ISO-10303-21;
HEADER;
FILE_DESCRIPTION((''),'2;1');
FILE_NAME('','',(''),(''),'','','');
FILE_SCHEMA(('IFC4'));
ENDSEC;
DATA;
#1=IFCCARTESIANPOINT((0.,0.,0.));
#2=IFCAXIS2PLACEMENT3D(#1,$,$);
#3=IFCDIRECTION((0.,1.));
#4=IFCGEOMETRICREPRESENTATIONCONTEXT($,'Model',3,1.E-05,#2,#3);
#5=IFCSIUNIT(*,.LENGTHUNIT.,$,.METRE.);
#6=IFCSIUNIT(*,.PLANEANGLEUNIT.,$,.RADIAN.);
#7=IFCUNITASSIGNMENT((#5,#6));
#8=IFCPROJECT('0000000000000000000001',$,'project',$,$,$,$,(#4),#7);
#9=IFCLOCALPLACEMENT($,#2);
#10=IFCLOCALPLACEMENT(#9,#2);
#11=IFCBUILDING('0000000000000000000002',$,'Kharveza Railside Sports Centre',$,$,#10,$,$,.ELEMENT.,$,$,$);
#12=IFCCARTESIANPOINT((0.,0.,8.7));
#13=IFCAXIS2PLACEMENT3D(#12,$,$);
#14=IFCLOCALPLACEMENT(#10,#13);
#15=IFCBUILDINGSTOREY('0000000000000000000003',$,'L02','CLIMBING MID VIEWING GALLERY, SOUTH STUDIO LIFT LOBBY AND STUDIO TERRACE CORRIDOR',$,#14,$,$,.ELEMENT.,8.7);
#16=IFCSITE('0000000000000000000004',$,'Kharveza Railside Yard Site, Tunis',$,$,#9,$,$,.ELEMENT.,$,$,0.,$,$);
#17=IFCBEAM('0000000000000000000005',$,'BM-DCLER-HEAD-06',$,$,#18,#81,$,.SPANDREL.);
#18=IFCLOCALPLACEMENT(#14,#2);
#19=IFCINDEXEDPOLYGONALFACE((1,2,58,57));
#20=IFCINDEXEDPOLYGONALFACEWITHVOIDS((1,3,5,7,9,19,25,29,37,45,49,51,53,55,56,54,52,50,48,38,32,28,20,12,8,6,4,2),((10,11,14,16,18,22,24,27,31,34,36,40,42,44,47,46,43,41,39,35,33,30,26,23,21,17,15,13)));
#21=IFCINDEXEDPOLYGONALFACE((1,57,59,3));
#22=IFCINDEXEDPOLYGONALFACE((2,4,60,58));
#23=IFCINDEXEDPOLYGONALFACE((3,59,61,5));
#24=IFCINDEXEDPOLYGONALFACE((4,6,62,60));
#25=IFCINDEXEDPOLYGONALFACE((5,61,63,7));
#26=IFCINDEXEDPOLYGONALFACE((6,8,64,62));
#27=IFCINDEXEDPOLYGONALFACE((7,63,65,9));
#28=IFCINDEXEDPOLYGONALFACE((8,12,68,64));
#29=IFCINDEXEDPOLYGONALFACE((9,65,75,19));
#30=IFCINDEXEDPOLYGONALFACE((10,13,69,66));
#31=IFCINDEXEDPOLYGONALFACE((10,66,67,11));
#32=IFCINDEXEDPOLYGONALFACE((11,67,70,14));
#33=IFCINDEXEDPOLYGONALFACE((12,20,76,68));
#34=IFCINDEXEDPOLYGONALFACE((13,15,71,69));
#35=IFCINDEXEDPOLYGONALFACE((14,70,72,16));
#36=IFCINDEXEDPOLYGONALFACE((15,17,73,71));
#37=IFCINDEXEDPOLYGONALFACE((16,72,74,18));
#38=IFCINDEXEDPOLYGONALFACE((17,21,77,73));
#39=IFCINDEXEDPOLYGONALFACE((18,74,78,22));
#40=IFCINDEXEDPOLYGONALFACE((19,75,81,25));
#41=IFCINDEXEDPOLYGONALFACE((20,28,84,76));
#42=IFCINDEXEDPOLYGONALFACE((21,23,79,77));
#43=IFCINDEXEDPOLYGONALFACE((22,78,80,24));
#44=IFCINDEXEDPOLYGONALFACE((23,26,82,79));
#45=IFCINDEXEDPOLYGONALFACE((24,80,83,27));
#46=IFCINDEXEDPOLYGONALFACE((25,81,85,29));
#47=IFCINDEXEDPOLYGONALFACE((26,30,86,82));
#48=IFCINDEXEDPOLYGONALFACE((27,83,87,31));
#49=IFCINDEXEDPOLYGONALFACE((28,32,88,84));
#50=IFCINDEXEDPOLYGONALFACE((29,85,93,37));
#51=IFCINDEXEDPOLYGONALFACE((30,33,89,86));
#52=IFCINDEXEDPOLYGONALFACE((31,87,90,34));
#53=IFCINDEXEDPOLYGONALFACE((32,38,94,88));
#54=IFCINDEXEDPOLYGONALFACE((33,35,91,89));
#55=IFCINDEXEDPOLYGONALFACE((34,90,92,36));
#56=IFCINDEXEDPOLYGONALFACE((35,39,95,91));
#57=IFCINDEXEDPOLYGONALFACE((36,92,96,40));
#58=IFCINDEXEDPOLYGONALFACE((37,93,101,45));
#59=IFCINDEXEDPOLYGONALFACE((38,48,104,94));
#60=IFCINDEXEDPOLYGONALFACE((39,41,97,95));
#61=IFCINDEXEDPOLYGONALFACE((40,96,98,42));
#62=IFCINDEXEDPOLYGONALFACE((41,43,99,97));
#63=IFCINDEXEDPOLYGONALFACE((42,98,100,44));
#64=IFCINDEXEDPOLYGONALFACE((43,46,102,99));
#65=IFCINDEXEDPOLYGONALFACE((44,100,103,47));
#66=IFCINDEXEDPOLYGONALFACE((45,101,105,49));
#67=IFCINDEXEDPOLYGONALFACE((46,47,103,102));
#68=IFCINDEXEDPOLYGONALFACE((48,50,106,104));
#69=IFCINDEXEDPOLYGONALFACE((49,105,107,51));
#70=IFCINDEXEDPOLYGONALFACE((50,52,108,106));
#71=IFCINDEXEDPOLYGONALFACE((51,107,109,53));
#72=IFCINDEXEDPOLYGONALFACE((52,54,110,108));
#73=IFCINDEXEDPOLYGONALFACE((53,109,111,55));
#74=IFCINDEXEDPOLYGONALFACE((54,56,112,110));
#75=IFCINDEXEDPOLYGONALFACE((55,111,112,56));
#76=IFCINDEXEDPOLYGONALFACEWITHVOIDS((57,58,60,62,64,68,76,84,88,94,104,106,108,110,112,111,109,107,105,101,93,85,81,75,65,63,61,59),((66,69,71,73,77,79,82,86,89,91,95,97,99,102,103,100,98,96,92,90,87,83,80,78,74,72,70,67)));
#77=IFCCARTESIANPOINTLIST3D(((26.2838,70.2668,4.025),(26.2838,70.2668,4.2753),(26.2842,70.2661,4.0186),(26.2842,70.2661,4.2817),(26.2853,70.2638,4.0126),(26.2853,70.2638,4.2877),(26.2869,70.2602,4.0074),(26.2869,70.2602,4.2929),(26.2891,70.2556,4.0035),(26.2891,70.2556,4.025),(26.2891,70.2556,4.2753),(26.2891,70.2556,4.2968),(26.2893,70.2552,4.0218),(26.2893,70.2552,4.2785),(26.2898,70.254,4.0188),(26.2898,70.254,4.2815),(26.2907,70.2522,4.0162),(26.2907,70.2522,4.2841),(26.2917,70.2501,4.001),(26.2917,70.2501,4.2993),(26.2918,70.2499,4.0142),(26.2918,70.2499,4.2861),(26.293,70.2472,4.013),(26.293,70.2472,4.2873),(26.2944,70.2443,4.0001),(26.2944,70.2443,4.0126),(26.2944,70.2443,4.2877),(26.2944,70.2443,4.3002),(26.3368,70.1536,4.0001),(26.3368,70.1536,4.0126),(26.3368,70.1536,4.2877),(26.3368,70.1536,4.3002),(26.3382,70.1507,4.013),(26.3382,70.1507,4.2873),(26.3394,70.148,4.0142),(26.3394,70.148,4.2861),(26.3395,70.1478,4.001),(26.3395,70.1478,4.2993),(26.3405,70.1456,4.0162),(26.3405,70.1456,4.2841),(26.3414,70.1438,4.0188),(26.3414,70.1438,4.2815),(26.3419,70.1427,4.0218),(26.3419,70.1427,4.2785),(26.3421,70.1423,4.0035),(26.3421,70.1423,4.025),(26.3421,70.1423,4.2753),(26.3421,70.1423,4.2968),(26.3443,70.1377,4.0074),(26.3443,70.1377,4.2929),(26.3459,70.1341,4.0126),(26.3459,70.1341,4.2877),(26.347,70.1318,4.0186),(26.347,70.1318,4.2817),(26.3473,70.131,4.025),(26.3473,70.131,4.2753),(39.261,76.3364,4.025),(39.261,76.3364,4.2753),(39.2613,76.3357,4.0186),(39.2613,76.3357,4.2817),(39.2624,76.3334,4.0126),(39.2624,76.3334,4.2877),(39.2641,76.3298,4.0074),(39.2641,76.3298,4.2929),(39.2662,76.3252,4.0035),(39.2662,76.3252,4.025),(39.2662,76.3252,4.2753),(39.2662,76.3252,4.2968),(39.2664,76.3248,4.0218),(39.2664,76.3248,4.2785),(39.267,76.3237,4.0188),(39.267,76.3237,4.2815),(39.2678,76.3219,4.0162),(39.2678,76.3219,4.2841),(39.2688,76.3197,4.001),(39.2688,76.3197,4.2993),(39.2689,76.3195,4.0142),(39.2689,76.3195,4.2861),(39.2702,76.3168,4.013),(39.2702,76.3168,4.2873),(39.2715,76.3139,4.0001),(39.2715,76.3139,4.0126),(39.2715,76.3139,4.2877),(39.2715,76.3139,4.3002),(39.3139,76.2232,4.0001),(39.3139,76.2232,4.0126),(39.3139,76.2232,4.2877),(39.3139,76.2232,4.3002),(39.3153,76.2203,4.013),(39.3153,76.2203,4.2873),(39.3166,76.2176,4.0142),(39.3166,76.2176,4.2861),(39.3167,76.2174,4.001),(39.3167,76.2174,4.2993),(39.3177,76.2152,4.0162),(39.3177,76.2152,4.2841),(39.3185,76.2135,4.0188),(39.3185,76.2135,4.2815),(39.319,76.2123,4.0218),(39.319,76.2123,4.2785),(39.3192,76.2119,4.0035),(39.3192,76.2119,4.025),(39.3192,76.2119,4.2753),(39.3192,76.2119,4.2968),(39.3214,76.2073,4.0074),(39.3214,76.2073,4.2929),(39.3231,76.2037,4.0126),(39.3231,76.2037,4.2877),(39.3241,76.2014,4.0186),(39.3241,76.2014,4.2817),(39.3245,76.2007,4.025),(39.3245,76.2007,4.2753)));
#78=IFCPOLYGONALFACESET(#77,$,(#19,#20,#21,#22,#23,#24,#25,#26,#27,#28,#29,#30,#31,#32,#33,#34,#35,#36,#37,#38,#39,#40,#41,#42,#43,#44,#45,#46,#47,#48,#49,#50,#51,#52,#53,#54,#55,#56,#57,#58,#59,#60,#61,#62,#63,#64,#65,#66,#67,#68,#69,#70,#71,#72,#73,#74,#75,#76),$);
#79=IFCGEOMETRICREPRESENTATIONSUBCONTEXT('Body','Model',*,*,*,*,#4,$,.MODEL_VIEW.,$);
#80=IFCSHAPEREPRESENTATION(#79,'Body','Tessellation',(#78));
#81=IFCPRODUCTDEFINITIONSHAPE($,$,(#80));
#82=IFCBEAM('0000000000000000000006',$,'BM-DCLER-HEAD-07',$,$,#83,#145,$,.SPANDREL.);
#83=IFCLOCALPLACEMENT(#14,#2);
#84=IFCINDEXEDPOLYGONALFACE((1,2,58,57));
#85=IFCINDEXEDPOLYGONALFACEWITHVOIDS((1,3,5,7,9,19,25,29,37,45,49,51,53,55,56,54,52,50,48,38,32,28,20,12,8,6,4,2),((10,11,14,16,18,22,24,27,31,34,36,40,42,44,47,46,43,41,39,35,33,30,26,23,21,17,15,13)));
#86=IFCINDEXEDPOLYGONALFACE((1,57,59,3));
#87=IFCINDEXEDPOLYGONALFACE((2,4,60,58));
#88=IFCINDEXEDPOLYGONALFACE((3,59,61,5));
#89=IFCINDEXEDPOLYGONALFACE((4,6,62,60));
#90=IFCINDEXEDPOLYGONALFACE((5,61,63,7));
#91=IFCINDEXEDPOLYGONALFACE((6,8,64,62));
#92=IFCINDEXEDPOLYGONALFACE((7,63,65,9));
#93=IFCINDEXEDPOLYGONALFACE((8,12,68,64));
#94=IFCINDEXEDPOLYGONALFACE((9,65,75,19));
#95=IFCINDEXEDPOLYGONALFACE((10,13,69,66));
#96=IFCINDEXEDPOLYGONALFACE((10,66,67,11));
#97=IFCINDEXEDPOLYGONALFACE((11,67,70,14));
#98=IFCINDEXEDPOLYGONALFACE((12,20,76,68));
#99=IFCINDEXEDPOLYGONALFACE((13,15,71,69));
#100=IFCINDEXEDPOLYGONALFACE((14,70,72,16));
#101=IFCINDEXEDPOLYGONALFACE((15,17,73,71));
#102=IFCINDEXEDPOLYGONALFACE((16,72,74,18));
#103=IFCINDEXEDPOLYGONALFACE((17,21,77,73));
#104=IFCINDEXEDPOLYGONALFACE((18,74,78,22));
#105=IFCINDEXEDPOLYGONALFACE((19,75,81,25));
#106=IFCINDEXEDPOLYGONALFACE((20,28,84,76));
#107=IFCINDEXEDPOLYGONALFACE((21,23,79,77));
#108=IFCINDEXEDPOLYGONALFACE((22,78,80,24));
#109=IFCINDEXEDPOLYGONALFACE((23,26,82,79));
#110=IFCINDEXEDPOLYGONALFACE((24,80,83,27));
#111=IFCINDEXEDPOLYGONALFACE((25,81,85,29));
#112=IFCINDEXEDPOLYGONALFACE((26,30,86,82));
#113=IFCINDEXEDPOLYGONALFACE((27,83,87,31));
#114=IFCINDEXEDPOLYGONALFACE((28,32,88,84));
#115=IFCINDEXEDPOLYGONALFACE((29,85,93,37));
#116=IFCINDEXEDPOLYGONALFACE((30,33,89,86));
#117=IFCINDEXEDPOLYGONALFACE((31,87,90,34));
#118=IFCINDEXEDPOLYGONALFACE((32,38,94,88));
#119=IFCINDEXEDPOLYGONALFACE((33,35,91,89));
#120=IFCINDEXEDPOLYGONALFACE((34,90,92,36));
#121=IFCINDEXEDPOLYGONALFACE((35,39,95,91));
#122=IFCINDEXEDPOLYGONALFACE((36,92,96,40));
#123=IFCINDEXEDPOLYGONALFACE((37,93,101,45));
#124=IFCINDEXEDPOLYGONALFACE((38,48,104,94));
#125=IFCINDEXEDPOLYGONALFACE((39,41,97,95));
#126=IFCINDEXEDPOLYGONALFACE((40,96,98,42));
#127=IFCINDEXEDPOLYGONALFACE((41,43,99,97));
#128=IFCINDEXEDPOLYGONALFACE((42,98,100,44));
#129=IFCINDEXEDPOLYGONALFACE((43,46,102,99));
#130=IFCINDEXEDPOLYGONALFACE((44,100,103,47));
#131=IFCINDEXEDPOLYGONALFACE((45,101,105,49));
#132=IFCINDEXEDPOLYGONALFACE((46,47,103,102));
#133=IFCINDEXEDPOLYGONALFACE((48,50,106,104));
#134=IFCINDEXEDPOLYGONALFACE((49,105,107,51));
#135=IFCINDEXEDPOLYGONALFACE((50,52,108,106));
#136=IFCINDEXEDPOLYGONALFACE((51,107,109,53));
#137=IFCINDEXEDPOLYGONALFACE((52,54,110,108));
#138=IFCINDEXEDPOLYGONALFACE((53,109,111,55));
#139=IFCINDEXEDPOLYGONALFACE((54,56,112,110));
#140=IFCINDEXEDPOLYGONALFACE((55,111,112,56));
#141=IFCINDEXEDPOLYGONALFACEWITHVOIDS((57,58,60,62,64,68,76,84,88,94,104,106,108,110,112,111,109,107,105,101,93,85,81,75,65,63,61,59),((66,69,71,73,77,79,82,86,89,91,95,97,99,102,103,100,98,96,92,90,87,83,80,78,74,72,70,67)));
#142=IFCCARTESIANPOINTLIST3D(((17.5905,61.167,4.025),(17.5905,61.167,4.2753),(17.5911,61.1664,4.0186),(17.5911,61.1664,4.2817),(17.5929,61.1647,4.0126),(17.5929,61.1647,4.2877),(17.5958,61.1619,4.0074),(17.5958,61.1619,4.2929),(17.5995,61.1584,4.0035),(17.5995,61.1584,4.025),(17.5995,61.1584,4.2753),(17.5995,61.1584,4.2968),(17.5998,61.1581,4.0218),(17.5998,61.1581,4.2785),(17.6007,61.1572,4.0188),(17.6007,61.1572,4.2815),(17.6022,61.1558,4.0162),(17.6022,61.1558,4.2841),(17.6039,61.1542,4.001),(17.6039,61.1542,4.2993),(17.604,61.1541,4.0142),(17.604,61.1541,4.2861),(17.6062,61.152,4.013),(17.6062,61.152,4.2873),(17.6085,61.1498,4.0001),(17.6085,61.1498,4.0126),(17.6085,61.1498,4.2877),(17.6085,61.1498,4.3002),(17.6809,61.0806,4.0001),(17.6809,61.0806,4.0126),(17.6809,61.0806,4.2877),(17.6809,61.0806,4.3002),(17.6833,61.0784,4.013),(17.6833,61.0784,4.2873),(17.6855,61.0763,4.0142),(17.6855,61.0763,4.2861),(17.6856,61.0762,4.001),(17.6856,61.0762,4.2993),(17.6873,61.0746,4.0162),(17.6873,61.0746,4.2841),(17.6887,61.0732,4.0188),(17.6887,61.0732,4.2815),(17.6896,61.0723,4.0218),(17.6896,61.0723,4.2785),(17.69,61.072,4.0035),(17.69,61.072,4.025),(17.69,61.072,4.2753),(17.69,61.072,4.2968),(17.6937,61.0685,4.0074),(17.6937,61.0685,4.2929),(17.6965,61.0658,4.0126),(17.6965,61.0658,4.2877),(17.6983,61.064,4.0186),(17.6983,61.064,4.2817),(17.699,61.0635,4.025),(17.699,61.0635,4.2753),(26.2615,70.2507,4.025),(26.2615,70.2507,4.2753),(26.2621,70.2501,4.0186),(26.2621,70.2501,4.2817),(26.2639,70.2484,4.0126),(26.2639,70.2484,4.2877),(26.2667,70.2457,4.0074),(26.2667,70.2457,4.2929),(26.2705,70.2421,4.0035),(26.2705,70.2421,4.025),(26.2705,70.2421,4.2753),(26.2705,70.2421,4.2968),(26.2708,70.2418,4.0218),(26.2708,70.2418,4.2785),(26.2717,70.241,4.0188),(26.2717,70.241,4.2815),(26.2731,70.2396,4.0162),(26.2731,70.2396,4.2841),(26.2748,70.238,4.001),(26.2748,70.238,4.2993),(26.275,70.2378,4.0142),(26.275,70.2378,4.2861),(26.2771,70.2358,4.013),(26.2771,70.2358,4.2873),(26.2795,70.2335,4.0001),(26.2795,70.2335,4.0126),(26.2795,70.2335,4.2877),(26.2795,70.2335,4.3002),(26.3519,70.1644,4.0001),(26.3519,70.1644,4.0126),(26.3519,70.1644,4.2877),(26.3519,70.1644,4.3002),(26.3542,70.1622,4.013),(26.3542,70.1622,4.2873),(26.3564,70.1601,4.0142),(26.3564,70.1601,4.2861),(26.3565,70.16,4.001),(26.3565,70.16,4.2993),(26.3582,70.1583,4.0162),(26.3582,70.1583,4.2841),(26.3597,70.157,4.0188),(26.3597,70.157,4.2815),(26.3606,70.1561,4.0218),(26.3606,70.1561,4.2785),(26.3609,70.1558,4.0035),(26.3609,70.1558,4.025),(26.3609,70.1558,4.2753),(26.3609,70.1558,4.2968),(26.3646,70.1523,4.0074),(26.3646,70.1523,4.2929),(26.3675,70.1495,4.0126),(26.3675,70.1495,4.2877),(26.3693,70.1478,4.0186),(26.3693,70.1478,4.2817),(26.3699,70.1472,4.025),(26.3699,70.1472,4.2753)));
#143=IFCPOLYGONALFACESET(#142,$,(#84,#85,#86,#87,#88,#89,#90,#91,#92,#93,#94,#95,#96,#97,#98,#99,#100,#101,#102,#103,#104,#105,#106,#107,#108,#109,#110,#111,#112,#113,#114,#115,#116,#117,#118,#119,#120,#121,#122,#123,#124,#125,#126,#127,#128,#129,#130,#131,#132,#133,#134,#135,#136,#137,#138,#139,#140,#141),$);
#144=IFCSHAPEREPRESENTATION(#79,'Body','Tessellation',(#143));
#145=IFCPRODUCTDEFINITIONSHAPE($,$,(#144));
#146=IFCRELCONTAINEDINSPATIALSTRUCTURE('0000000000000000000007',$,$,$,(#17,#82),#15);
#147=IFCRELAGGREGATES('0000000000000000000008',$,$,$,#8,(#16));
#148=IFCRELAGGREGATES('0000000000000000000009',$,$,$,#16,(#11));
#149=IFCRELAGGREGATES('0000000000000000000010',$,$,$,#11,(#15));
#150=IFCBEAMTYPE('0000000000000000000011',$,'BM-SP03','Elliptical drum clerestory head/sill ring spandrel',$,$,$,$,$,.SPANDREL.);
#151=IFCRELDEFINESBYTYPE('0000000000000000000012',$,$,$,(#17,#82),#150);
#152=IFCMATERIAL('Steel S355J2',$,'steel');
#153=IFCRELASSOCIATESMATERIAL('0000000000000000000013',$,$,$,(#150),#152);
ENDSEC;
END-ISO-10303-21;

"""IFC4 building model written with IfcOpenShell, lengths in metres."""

from ifc_helpers import new_model, si_unit, direction, frame, origin, origin_2d, place, context, subcontext, project, spatial, hollow_rectangle, extrude, material, material_profile, profile_set, type_object, element, save


model = new_model("IFC4")

# Units and contexts
model_context = context("Model", 3, precision=1e-05, world=origin(), true_north=direction((0.0, 1.0)))
body_context = subcontext(model_context, "Body", "Model", "MODEL_VIEW")
ifc_project = project(units=[si_unit("LENGTHUNIT", "METRE"), si_unit("PLANEANGLEUNIT", "RADIAN")], contexts=[model_context])

# Site, building, storey
site_placement = place(None, origin())
site = spatial("IfcSite", under=ifc_project, at=site_placement, Name="Kharveza Railside Yard Site, Tunis", CompositionType="ELEMENT", RefElevation=0.0)
building_placement = place(site_placement, origin())
building = spatial("IfcBuilding", under=site, at=building_placement, Name="Kharveza Railside Sports Centre", CompositionType="ELEMENT")
storey_placement = place(building_placement, frame((0.0, 0.0, 8.7)))
storey = spatial("IfcBuildingStorey", under=building, at=storey_placement, Name="L02", Description="CLIMBING MID VIEWING GALLERY, SOUTH STUDIO LIFT LOBBY AND STUDIO TERRACE CORRIDOR", CompositionType="ELEMENT", Elevation=8.7)

# Shared definitions
ifc_material_1 = material(Name="Steel S355J2", Category="steel")

# Beams
ifc_material_profile_1 = material_profile(ifc_material_1, hollow_rectangle(XDim=0.1499, YDim=0.3, WallThickness=0.0125, InnerFilletRadius=0.0125, OuterFilletRadius=0.0249, at=origin_2d()), Name="RHS 150x300x12.5")
ifc_profile_set_1 = profile_set([ifc_material_profile_1], Name="Steel S355J2")
beam_type_1 = type_object("IfcBeamType", Name="BM-SP03", Description="Elliptical drum clerestory head/sill ring spandrel", PredefinedType="SPANDREL", material=ifc_profile_set_1)
beam_1_placement = place(storey_placement, frame((39.2927, 76.2686, 4.1501), z_axis=(-0.905818, -0.423666, 0.0), x_axis=(0.423666, -0.905818, 0.0)))
element("IfcBeam", 1, at=beam_1_placement, inside=storey, type_object=beam_type_1, Name="BM-DCLER-HEAD-06", PredefinedType="SPANDREL", context=body_context, shape_type="SweptSolid", body=[
    extrude(hollow_rectangle(XDim=0.1499, YDim=0.3, WallThickness=0.0125, InnerFilletRadius=0.0125, OuterFilletRadius=0.0249, at=origin_2d()), origin(), (0.0, 0.0, 1.0), 14.3264),
])
beam_2_placement = place(storey_placement, frame((26.3157, 70.199, 4.1501), z_axis=(-0.690478, -0.723353, 0.0), x_axis=(0.723353, -0.690478, 0.0)))
element("IfcBeam", 2, at=beam_2_placement, inside=storey, type_object=beam_type_1, Name="BM-DCLER-HEAD-07", PredefinedType="SPANDREL", context=body_context, shape_type="SweptSolid", body=[
    extrude(hollow_rectangle(XDim=0.1499, YDim=0.3, WallThickness=0.0125, InnerFilletRadius=0.0125, OuterFilletRadius=0.0249, at=origin_2d()), origin(), (0.0, 0.0, 1.0), 12.5579),
])

save(model, "model.ifc")
